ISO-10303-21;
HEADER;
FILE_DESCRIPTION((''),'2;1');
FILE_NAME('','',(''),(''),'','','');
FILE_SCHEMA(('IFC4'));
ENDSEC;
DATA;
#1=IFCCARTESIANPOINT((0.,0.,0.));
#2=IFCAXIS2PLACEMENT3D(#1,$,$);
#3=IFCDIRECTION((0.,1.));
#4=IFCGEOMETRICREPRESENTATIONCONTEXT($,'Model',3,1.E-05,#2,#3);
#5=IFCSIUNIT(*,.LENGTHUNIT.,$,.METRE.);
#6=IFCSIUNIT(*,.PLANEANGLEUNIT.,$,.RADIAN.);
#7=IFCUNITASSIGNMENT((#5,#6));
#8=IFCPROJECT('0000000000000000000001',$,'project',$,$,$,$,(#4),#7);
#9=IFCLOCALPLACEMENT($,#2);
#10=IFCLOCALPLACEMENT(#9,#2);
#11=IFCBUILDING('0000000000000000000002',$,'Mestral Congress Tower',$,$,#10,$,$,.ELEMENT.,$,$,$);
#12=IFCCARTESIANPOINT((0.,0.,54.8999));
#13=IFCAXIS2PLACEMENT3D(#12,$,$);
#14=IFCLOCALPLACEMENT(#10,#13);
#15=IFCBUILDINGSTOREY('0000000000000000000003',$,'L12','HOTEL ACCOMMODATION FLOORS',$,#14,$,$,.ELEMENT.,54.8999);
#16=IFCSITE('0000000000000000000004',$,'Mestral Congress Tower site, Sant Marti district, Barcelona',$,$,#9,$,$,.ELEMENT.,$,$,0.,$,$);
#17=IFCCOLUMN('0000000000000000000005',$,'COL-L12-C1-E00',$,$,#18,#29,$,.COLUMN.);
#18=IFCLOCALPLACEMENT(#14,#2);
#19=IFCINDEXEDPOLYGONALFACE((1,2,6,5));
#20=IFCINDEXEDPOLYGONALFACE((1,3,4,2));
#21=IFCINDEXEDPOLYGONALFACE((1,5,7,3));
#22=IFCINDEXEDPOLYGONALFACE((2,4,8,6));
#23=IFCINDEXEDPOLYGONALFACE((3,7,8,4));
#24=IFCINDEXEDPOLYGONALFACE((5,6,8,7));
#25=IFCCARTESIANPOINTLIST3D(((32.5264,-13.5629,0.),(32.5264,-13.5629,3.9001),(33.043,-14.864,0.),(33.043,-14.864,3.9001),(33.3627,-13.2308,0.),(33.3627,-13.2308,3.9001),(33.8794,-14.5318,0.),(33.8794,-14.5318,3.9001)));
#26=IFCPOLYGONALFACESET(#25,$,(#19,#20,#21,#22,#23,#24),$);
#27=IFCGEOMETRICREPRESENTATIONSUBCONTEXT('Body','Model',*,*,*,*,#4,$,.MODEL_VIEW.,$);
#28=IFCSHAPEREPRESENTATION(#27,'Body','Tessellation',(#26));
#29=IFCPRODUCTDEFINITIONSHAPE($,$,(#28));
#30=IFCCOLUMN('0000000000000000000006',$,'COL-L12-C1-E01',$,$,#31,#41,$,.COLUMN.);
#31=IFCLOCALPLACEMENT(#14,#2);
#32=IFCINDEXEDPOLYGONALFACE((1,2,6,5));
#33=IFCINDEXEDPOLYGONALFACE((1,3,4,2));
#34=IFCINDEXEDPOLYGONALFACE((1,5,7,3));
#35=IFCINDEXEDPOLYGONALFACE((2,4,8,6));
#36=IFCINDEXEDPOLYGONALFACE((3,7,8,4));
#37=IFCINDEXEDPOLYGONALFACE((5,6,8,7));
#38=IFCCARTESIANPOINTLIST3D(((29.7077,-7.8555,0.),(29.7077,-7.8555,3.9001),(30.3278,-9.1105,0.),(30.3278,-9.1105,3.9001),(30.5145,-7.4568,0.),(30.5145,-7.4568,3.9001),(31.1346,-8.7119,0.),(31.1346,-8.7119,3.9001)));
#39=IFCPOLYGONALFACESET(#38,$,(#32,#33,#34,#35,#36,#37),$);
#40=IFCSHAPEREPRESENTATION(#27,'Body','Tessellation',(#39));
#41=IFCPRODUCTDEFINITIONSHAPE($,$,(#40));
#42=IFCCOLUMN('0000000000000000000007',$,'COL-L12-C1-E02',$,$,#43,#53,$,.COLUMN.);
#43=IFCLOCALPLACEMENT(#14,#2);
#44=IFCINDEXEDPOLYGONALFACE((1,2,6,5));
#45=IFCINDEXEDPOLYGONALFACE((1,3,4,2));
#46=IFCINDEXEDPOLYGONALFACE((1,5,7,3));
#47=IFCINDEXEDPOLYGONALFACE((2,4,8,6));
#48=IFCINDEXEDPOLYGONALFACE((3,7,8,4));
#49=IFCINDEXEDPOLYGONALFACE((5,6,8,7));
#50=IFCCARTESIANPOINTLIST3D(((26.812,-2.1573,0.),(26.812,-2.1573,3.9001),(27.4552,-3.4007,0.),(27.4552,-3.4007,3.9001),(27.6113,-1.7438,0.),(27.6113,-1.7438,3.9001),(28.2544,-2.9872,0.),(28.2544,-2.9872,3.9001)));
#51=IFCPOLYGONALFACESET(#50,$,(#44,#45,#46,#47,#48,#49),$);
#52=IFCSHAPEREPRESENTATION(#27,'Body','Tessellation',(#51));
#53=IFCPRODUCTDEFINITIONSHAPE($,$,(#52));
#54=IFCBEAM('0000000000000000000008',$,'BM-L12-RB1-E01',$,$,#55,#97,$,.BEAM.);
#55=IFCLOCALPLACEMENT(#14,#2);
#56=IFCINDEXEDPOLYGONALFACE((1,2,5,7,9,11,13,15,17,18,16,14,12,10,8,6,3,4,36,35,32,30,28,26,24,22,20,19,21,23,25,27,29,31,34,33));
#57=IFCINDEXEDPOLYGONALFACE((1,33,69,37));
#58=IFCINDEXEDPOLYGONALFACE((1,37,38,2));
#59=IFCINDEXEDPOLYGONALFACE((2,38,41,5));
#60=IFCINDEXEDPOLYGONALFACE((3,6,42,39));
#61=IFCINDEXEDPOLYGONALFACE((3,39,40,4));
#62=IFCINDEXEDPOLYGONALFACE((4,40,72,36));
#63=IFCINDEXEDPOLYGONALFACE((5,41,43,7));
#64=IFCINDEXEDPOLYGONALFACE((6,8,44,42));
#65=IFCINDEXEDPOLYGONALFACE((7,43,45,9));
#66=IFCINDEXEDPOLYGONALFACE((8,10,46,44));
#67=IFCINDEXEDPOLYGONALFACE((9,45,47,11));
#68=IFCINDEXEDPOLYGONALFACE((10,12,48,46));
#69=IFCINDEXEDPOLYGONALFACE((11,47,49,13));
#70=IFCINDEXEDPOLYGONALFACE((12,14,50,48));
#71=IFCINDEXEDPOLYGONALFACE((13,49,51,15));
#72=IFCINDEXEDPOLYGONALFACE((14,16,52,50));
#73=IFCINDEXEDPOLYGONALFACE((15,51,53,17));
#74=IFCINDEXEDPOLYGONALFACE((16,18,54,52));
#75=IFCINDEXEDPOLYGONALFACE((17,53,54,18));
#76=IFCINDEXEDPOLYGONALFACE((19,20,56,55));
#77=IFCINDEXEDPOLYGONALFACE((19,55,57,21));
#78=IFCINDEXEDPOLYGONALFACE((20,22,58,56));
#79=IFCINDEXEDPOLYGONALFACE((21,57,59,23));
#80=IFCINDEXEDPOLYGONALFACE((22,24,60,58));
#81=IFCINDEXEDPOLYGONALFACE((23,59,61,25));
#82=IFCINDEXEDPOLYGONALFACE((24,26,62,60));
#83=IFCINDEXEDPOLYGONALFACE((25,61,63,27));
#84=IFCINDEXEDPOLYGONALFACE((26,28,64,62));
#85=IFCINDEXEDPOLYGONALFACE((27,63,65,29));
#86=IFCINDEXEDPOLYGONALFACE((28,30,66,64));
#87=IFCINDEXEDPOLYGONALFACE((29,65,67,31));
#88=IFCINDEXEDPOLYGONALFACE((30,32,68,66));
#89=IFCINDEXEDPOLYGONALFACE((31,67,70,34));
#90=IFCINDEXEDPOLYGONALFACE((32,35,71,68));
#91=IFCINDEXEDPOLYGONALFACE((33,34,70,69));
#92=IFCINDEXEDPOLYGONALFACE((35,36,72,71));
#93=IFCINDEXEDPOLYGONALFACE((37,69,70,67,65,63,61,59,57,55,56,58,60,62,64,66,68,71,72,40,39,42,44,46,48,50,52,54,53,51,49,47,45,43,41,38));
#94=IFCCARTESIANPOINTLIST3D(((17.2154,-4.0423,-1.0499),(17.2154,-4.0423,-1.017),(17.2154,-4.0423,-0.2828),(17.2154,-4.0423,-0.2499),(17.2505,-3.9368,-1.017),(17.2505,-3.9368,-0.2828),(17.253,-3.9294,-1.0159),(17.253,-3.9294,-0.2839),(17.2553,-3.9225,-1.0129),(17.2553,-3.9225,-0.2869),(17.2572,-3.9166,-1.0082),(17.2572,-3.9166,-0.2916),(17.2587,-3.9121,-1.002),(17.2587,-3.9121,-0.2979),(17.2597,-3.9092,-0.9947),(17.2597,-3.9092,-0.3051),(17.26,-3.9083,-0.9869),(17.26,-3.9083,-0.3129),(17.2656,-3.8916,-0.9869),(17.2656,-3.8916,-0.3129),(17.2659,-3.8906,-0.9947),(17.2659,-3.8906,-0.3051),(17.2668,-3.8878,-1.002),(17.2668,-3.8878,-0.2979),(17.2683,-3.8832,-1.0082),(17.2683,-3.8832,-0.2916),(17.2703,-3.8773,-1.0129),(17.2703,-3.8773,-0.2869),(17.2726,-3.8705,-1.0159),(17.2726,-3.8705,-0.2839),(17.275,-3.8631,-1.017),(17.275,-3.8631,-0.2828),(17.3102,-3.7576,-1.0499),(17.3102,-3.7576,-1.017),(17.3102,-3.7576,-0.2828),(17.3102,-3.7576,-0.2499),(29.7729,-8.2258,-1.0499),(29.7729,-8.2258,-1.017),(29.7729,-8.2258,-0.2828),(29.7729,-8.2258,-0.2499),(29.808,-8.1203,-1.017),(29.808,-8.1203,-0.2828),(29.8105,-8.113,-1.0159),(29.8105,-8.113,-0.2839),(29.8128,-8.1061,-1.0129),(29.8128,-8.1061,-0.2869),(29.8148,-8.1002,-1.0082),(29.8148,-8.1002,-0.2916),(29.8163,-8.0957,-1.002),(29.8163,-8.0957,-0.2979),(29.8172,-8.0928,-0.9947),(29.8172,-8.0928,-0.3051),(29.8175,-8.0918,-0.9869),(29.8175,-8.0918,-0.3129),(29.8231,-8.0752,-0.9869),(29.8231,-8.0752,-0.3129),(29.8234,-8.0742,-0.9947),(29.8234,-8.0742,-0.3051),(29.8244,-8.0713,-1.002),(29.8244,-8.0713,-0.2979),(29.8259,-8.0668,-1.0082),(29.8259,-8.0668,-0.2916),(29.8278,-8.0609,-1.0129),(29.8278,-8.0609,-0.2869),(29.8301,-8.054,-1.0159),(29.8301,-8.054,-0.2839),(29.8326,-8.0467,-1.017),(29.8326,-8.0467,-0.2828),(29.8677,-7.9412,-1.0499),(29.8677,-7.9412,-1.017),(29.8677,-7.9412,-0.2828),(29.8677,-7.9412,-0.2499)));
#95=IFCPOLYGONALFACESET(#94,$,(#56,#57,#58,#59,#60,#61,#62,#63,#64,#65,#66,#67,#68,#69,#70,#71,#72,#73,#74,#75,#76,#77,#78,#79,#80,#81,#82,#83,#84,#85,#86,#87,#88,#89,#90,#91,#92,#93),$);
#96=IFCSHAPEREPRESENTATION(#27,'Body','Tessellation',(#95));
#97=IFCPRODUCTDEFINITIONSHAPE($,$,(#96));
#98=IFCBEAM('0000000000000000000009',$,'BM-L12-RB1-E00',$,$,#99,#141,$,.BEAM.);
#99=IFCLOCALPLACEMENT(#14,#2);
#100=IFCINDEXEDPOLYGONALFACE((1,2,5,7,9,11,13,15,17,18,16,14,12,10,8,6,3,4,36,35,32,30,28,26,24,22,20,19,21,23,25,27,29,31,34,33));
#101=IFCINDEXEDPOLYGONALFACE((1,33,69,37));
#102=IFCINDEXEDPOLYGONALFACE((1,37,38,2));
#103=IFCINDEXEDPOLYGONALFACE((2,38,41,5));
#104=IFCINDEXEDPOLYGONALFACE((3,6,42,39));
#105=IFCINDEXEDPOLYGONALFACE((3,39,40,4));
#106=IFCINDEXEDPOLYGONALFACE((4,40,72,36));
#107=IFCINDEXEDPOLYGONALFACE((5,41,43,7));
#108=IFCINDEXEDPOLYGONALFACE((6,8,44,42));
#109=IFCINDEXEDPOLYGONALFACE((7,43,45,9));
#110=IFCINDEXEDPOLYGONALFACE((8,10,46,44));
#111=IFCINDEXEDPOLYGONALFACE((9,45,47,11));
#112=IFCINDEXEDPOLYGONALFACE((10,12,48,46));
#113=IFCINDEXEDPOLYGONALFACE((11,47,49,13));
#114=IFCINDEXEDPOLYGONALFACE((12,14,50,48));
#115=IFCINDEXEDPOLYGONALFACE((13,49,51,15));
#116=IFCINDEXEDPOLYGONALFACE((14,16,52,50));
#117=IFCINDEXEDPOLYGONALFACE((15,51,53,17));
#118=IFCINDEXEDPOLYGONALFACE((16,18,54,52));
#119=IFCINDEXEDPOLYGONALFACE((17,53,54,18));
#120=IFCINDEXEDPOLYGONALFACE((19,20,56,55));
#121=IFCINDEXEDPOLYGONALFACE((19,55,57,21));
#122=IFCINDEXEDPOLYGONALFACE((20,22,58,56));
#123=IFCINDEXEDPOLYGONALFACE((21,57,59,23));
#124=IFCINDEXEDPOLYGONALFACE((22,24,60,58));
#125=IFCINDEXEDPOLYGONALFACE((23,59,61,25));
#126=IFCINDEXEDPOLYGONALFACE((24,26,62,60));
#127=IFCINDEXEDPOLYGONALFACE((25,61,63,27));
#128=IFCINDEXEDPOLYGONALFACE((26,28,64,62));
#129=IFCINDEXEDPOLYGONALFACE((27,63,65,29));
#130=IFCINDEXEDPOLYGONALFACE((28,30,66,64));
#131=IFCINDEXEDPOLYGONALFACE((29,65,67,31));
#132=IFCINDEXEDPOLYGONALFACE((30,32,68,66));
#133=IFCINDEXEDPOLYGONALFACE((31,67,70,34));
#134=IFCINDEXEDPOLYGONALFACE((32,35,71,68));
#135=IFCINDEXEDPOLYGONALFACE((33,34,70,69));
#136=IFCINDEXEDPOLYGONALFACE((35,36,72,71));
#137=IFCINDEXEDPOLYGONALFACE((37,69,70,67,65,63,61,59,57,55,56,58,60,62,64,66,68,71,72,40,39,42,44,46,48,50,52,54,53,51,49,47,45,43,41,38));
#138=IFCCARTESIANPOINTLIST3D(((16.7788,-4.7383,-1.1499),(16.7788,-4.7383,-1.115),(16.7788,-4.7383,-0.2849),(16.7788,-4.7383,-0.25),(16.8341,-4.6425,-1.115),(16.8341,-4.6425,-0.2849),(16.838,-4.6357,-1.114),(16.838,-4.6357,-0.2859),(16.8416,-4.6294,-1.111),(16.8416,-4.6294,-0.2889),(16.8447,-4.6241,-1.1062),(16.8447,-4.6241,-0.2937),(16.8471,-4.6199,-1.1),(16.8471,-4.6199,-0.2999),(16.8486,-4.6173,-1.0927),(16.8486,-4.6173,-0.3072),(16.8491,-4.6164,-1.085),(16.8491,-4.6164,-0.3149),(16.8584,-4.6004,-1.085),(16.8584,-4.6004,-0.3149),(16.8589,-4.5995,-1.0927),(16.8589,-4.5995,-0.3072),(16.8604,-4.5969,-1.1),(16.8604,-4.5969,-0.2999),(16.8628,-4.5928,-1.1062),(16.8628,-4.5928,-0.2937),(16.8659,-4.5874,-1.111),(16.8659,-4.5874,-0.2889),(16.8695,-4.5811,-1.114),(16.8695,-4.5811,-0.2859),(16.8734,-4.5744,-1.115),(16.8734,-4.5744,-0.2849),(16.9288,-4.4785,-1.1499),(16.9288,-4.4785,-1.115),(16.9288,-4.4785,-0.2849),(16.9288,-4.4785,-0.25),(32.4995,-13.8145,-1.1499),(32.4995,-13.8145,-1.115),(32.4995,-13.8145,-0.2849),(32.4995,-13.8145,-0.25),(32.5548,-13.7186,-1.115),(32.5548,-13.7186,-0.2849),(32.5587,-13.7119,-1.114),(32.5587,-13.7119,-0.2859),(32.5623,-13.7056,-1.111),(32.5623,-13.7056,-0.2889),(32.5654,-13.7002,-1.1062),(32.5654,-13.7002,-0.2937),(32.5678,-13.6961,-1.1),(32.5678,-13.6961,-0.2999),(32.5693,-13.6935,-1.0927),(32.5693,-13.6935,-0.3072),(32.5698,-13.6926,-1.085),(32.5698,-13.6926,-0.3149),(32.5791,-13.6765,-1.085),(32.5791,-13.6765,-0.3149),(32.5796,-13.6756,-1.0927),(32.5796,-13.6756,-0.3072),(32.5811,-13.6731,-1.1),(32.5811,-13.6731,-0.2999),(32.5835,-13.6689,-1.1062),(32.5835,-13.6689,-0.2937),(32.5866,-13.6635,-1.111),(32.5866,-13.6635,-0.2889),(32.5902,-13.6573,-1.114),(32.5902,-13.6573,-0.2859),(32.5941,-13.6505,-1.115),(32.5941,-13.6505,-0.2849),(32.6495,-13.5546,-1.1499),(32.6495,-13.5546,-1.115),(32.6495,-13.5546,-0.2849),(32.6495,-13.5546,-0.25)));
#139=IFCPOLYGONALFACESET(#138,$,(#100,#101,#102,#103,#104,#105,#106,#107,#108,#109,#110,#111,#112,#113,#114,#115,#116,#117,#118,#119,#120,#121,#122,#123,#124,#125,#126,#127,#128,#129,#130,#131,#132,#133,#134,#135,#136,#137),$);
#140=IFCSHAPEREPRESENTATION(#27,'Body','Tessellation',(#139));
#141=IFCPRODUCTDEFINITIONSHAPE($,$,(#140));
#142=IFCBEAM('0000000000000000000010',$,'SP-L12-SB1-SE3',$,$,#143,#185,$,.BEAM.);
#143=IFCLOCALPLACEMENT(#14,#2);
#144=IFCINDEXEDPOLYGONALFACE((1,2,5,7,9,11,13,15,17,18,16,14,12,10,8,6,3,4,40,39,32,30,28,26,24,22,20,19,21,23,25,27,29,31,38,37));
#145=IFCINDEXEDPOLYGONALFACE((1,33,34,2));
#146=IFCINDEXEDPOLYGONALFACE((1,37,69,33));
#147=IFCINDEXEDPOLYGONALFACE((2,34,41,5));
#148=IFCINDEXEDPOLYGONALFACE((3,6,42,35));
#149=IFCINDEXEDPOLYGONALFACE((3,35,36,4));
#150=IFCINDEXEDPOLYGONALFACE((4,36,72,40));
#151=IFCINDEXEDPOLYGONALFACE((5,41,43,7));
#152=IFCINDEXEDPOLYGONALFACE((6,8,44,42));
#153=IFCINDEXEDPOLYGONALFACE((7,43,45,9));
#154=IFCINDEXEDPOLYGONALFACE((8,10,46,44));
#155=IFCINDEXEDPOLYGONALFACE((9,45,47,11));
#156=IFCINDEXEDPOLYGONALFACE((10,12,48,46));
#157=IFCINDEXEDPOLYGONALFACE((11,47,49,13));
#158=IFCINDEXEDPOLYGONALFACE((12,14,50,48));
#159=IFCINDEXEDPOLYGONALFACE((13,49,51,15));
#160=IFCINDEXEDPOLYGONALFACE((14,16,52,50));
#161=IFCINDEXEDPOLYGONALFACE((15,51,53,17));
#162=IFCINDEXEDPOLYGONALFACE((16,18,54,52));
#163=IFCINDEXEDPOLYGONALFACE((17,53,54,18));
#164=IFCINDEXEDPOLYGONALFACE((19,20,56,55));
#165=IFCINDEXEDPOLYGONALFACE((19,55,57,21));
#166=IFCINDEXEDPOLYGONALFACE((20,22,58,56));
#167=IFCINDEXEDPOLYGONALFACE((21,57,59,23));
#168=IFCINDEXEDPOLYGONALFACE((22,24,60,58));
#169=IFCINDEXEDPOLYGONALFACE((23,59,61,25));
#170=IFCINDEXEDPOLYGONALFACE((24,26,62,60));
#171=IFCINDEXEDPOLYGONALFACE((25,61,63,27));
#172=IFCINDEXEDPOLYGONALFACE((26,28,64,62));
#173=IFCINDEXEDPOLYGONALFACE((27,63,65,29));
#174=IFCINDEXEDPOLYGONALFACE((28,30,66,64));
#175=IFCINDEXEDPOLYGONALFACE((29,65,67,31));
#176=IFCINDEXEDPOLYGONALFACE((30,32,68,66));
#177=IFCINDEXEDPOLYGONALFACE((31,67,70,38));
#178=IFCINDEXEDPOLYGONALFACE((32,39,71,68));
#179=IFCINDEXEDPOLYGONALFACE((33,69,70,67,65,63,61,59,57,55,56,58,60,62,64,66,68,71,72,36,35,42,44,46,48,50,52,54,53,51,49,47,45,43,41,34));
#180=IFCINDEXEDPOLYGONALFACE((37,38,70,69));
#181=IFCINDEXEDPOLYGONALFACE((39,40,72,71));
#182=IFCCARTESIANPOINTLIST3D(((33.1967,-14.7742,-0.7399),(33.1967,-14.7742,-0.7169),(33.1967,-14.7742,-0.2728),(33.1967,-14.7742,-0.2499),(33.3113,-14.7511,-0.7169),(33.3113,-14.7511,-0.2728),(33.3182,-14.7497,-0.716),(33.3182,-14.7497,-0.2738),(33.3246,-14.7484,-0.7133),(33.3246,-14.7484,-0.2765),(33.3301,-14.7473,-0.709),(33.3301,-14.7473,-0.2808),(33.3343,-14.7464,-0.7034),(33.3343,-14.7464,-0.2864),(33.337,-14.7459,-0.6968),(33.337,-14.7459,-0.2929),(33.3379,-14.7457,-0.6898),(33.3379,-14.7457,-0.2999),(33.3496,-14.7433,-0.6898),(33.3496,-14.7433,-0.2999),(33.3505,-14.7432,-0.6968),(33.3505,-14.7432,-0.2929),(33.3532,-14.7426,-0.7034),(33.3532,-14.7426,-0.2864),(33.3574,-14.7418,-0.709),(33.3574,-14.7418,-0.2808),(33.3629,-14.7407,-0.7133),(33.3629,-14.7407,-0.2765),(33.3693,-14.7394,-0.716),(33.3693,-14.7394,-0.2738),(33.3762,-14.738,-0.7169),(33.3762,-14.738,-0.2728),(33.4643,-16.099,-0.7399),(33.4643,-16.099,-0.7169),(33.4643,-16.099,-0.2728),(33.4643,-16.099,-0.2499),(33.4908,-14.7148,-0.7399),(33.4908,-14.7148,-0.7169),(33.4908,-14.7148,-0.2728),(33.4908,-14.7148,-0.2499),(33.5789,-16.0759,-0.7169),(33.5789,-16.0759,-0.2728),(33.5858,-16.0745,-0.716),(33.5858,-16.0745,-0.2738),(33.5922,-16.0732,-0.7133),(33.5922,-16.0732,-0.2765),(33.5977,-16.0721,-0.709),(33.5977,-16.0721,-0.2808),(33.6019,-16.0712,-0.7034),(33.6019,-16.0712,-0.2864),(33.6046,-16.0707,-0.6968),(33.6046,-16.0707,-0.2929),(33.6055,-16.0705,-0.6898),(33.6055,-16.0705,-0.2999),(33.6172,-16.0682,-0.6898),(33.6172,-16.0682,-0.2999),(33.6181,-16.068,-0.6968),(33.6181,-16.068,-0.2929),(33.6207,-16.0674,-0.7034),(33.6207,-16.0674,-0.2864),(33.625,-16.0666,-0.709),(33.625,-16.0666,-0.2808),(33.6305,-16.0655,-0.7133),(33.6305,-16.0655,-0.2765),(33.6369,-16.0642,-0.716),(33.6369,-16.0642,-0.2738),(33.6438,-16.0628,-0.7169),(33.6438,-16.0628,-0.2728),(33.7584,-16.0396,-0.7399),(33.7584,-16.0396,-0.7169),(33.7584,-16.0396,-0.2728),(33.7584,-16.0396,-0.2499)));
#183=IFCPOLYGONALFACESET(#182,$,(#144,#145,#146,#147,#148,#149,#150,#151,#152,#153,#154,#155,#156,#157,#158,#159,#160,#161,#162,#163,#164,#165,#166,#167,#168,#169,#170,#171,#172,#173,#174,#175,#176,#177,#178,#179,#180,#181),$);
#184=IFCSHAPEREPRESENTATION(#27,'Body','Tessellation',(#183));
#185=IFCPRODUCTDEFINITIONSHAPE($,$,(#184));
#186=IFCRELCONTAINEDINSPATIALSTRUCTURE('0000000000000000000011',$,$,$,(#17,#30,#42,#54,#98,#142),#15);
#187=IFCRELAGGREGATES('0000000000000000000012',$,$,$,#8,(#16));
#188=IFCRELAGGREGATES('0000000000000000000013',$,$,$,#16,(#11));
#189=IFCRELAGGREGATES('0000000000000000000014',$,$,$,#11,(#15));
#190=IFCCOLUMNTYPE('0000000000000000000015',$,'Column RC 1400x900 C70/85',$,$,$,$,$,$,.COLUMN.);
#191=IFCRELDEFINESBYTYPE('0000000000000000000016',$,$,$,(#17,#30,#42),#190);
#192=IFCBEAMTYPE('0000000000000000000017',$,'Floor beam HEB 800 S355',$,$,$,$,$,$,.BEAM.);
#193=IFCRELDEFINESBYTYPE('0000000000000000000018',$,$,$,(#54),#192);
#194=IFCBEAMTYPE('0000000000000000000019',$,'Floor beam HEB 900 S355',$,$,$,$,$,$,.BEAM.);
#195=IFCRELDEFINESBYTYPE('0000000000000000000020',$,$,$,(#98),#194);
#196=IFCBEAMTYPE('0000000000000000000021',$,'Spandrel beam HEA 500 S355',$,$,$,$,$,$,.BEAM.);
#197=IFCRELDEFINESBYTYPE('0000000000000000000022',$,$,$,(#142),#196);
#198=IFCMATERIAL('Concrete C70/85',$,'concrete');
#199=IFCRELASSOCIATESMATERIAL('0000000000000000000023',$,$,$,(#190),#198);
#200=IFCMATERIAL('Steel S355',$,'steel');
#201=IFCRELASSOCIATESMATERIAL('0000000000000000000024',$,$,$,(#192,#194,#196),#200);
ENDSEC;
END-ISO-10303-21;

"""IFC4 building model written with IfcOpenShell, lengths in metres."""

from ifc_helpers import new_model, si_unit, direction, frame, origin, origin_2d, place, context, subcontext, project, spatial, rectangle, i_section, extrude, material, material_profile, profile_set, type_object, element, save


model = new_model("IFC4")

# Units and contexts
model_context = context("Model", 3, precision=1e-05, world=origin(), true_north=direction((0.0, 1.0)))
body_context = subcontext(model_context, "Body", "Model", "MODEL_VIEW")
ifc_project = project(units=[si_unit("LENGTHUNIT", "METRE"), si_unit("PLANEANGLEUNIT", "RADIAN")], contexts=[model_context])

# Site, building, storey
site_placement = place(None, origin())
site = spatial("IfcSite", under=ifc_project, at=site_placement, Name="Mestral Congress Tower site, Sant Marti district, Barcelona", CompositionType="ELEMENT", RefElevation=0.0)
building_placement = place(site_placement, origin())
building = spatial("IfcBuilding", under=site, at=building_placement, Name="Mestral Congress Tower", CompositionType="ELEMENT")
storey_placement = place(building_placement, frame((0.0, 0.0, 54.8999)))
storey = spatial("IfcBuildingStorey", under=building, at=storey_placement, Name="L12", Description="HOTEL ACCOMMODATION FLOORS", CompositionType="ELEMENT", Elevation=54.8999)

# Columns
ifc_material_1 = material(Name="Concrete C70/85", Category="concrete")
ifc_material_profile_1 = material_profile(ifc_material_1, rectangle(XDim=1.3999, YDim=0.8999, at=origin_2d()), Name="RC 1400x900")
ifc_profile_set_1 = profile_set([ifc_material_profile_1], Name="Concrete C70/85")
column_type = type_object("IfcColumnType", Name="Column RC 1400x900 C70/85", PredefinedType="COLUMN", material=ifc_profile_set_1)
for number, where, z_axis, x_axis, name in (
    (1, (33.2029, -14.0474, 0.0), (0.0, 0.0, 1.0), (-0.36909, 0.929394, 0.0), "COL-L12-C1-E00"),
    (2, (30.4211, -8.2837, 0.0), (0.0, 0.0, 1.0), (-0.442959, 0.896542, 0.0), "COL-L12-C1-E01"),
    (3, (27.5332, -2.5723, 0.0), (0.0, 0.0, 1.0), (-0.459456, 0.888201, 0.0), "COL-L12-C1-E02"),
):
    element("IfcColumn", number, at=place(storey_placement, frame(where, z_axis=z_axis, x_axis=x_axis)), inside=storey, type_object=column_type, Name=name, PredefinedType="COLUMN", context=body_context, shape_type="SweptSolid", body=[
        extrude(rectangle(XDim=1.3999, YDim=0.8999, at=origin_2d()), origin(), (0.0, 0.0, 1.0), 3.9001),
    ])

# Beams
ifc_material_2 = material(Name="Steel S355", Category="steel")
ifc_material_profile_2 = material_profile(ifc_material_2, i_section(OverallWidth=0.3, OverallDepth=0.8, WebThickness=0.0176, FlangeThickness=0.033, FilletRadius=0.03, at=origin_2d()), Name="HEB 800")
ifc_profile_set_2 = profile_set([ifc_material_profile_2], Name="Steel S355")
beam_type_1 = type_object("IfcBeamType", Name="Floor beam HEB 800 S355", PredefinedType="BEAM", material=ifc_profile_set_2)
beam_1_placement = place(storey_placement, frame((29.8203, -8.0835, -0.6499), z_axis=(-0.948735, 0.316073, 0.0), x_axis=(-0.316073, -0.948735, 0.0)))
element("IfcBeam", 4, at=beam_1_placement, inside=storey, type_object=beam_type_1, Name="BM-L12-RB1-E01", PredefinedType="BEAM", context=body_context, shape_type="SweptSolid", body=[
    extrude(i_section(OverallWidth=0.3, OverallDepth=0.8, WebThickness=0.0176, FlangeThickness=0.033, FilletRadius=0.03, at=origin_2d()), origin(), (0.0, 0.0, 1.0), 13.2361),
])
ifc_material_profile_3 = material_profile(ifc_material_2, i_section(OverallWidth=0.3, OverallDepth=0.8999, WebThickness=0.0186, FlangeThickness=0.0349, FilletRadius=0.03, at=origin_2d()), Name="HEB 900")
ifc_profile_set_3 = profile_set([ifc_material_profile_3], Name="Steel S355")
beam_type_2 = type_object("IfcBeamType", Name="Floor beam HEB 900 S355", PredefinedType="BEAM", material=ifc_profile_set_3)
beam_2_placement = place(storey_placement, frame((32.5745, -13.6846, -0.7), z_axis=(-0.86603, 0.499993, 0.0), x_axis=(-0.499993, -0.86603, 0.0)))
element("IfcBeam", 5, at=beam_2_placement, inside=storey, type_object=beam_type_2, Name="BM-L12-RB1-E00", PredefinedType="BEAM", context=body_context, shape_type="SweptSolid", body=[
    extrude(i_section(OverallWidth=0.3, OverallDepth=0.8999, WebThickness=0.0186, FlangeThickness=0.0349, FilletRadius=0.03, at=origin_2d()), origin(), (0.0, 0.0, 1.0), 18.1526),
])
ifc_material_profile_4 = material_profile(ifc_material_2, i_section(OverallWidth=0.3, OverallDepth=0.49, WebThickness=0.012, FlangeThickness=0.0229, FilletRadius=0.0271, at=origin_2d()), Name="HEA 500")
ifc_profile_set_4 = profile_set([ifc_material_profile_4], Name="Steel S355")
beam_type_3 = type_object("IfcBeamType", Name="Spandrel beam HEA 500 S355", PredefinedType="BEAM", material=ifc_profile_set_4)
beam_3_placement = place(storey_placement, frame((33.6113, -16.0693, -0.4949), z_axis=(-0.197992, 0.980204, 0.0), x_axis=(-0.980204, -0.197992, 0.0)))
element("IfcBeam", 6, at=beam_3_placement, inside=storey, type_object=beam_type_3, Name="SP-L12-SB1-SE3", PredefinedType="BEAM", context=body_context, shape_type="SweptSolid", body=[
    extrude(i_section(OverallWidth=0.3, OverallDepth=0.49, WebThickness=0.012, FlangeThickness=0.0229, FilletRadius=0.0271, at=origin_2d()), origin(), (0.0, 0.0, 1.0), 1.3516),
])

save(model, "model.ifc")
